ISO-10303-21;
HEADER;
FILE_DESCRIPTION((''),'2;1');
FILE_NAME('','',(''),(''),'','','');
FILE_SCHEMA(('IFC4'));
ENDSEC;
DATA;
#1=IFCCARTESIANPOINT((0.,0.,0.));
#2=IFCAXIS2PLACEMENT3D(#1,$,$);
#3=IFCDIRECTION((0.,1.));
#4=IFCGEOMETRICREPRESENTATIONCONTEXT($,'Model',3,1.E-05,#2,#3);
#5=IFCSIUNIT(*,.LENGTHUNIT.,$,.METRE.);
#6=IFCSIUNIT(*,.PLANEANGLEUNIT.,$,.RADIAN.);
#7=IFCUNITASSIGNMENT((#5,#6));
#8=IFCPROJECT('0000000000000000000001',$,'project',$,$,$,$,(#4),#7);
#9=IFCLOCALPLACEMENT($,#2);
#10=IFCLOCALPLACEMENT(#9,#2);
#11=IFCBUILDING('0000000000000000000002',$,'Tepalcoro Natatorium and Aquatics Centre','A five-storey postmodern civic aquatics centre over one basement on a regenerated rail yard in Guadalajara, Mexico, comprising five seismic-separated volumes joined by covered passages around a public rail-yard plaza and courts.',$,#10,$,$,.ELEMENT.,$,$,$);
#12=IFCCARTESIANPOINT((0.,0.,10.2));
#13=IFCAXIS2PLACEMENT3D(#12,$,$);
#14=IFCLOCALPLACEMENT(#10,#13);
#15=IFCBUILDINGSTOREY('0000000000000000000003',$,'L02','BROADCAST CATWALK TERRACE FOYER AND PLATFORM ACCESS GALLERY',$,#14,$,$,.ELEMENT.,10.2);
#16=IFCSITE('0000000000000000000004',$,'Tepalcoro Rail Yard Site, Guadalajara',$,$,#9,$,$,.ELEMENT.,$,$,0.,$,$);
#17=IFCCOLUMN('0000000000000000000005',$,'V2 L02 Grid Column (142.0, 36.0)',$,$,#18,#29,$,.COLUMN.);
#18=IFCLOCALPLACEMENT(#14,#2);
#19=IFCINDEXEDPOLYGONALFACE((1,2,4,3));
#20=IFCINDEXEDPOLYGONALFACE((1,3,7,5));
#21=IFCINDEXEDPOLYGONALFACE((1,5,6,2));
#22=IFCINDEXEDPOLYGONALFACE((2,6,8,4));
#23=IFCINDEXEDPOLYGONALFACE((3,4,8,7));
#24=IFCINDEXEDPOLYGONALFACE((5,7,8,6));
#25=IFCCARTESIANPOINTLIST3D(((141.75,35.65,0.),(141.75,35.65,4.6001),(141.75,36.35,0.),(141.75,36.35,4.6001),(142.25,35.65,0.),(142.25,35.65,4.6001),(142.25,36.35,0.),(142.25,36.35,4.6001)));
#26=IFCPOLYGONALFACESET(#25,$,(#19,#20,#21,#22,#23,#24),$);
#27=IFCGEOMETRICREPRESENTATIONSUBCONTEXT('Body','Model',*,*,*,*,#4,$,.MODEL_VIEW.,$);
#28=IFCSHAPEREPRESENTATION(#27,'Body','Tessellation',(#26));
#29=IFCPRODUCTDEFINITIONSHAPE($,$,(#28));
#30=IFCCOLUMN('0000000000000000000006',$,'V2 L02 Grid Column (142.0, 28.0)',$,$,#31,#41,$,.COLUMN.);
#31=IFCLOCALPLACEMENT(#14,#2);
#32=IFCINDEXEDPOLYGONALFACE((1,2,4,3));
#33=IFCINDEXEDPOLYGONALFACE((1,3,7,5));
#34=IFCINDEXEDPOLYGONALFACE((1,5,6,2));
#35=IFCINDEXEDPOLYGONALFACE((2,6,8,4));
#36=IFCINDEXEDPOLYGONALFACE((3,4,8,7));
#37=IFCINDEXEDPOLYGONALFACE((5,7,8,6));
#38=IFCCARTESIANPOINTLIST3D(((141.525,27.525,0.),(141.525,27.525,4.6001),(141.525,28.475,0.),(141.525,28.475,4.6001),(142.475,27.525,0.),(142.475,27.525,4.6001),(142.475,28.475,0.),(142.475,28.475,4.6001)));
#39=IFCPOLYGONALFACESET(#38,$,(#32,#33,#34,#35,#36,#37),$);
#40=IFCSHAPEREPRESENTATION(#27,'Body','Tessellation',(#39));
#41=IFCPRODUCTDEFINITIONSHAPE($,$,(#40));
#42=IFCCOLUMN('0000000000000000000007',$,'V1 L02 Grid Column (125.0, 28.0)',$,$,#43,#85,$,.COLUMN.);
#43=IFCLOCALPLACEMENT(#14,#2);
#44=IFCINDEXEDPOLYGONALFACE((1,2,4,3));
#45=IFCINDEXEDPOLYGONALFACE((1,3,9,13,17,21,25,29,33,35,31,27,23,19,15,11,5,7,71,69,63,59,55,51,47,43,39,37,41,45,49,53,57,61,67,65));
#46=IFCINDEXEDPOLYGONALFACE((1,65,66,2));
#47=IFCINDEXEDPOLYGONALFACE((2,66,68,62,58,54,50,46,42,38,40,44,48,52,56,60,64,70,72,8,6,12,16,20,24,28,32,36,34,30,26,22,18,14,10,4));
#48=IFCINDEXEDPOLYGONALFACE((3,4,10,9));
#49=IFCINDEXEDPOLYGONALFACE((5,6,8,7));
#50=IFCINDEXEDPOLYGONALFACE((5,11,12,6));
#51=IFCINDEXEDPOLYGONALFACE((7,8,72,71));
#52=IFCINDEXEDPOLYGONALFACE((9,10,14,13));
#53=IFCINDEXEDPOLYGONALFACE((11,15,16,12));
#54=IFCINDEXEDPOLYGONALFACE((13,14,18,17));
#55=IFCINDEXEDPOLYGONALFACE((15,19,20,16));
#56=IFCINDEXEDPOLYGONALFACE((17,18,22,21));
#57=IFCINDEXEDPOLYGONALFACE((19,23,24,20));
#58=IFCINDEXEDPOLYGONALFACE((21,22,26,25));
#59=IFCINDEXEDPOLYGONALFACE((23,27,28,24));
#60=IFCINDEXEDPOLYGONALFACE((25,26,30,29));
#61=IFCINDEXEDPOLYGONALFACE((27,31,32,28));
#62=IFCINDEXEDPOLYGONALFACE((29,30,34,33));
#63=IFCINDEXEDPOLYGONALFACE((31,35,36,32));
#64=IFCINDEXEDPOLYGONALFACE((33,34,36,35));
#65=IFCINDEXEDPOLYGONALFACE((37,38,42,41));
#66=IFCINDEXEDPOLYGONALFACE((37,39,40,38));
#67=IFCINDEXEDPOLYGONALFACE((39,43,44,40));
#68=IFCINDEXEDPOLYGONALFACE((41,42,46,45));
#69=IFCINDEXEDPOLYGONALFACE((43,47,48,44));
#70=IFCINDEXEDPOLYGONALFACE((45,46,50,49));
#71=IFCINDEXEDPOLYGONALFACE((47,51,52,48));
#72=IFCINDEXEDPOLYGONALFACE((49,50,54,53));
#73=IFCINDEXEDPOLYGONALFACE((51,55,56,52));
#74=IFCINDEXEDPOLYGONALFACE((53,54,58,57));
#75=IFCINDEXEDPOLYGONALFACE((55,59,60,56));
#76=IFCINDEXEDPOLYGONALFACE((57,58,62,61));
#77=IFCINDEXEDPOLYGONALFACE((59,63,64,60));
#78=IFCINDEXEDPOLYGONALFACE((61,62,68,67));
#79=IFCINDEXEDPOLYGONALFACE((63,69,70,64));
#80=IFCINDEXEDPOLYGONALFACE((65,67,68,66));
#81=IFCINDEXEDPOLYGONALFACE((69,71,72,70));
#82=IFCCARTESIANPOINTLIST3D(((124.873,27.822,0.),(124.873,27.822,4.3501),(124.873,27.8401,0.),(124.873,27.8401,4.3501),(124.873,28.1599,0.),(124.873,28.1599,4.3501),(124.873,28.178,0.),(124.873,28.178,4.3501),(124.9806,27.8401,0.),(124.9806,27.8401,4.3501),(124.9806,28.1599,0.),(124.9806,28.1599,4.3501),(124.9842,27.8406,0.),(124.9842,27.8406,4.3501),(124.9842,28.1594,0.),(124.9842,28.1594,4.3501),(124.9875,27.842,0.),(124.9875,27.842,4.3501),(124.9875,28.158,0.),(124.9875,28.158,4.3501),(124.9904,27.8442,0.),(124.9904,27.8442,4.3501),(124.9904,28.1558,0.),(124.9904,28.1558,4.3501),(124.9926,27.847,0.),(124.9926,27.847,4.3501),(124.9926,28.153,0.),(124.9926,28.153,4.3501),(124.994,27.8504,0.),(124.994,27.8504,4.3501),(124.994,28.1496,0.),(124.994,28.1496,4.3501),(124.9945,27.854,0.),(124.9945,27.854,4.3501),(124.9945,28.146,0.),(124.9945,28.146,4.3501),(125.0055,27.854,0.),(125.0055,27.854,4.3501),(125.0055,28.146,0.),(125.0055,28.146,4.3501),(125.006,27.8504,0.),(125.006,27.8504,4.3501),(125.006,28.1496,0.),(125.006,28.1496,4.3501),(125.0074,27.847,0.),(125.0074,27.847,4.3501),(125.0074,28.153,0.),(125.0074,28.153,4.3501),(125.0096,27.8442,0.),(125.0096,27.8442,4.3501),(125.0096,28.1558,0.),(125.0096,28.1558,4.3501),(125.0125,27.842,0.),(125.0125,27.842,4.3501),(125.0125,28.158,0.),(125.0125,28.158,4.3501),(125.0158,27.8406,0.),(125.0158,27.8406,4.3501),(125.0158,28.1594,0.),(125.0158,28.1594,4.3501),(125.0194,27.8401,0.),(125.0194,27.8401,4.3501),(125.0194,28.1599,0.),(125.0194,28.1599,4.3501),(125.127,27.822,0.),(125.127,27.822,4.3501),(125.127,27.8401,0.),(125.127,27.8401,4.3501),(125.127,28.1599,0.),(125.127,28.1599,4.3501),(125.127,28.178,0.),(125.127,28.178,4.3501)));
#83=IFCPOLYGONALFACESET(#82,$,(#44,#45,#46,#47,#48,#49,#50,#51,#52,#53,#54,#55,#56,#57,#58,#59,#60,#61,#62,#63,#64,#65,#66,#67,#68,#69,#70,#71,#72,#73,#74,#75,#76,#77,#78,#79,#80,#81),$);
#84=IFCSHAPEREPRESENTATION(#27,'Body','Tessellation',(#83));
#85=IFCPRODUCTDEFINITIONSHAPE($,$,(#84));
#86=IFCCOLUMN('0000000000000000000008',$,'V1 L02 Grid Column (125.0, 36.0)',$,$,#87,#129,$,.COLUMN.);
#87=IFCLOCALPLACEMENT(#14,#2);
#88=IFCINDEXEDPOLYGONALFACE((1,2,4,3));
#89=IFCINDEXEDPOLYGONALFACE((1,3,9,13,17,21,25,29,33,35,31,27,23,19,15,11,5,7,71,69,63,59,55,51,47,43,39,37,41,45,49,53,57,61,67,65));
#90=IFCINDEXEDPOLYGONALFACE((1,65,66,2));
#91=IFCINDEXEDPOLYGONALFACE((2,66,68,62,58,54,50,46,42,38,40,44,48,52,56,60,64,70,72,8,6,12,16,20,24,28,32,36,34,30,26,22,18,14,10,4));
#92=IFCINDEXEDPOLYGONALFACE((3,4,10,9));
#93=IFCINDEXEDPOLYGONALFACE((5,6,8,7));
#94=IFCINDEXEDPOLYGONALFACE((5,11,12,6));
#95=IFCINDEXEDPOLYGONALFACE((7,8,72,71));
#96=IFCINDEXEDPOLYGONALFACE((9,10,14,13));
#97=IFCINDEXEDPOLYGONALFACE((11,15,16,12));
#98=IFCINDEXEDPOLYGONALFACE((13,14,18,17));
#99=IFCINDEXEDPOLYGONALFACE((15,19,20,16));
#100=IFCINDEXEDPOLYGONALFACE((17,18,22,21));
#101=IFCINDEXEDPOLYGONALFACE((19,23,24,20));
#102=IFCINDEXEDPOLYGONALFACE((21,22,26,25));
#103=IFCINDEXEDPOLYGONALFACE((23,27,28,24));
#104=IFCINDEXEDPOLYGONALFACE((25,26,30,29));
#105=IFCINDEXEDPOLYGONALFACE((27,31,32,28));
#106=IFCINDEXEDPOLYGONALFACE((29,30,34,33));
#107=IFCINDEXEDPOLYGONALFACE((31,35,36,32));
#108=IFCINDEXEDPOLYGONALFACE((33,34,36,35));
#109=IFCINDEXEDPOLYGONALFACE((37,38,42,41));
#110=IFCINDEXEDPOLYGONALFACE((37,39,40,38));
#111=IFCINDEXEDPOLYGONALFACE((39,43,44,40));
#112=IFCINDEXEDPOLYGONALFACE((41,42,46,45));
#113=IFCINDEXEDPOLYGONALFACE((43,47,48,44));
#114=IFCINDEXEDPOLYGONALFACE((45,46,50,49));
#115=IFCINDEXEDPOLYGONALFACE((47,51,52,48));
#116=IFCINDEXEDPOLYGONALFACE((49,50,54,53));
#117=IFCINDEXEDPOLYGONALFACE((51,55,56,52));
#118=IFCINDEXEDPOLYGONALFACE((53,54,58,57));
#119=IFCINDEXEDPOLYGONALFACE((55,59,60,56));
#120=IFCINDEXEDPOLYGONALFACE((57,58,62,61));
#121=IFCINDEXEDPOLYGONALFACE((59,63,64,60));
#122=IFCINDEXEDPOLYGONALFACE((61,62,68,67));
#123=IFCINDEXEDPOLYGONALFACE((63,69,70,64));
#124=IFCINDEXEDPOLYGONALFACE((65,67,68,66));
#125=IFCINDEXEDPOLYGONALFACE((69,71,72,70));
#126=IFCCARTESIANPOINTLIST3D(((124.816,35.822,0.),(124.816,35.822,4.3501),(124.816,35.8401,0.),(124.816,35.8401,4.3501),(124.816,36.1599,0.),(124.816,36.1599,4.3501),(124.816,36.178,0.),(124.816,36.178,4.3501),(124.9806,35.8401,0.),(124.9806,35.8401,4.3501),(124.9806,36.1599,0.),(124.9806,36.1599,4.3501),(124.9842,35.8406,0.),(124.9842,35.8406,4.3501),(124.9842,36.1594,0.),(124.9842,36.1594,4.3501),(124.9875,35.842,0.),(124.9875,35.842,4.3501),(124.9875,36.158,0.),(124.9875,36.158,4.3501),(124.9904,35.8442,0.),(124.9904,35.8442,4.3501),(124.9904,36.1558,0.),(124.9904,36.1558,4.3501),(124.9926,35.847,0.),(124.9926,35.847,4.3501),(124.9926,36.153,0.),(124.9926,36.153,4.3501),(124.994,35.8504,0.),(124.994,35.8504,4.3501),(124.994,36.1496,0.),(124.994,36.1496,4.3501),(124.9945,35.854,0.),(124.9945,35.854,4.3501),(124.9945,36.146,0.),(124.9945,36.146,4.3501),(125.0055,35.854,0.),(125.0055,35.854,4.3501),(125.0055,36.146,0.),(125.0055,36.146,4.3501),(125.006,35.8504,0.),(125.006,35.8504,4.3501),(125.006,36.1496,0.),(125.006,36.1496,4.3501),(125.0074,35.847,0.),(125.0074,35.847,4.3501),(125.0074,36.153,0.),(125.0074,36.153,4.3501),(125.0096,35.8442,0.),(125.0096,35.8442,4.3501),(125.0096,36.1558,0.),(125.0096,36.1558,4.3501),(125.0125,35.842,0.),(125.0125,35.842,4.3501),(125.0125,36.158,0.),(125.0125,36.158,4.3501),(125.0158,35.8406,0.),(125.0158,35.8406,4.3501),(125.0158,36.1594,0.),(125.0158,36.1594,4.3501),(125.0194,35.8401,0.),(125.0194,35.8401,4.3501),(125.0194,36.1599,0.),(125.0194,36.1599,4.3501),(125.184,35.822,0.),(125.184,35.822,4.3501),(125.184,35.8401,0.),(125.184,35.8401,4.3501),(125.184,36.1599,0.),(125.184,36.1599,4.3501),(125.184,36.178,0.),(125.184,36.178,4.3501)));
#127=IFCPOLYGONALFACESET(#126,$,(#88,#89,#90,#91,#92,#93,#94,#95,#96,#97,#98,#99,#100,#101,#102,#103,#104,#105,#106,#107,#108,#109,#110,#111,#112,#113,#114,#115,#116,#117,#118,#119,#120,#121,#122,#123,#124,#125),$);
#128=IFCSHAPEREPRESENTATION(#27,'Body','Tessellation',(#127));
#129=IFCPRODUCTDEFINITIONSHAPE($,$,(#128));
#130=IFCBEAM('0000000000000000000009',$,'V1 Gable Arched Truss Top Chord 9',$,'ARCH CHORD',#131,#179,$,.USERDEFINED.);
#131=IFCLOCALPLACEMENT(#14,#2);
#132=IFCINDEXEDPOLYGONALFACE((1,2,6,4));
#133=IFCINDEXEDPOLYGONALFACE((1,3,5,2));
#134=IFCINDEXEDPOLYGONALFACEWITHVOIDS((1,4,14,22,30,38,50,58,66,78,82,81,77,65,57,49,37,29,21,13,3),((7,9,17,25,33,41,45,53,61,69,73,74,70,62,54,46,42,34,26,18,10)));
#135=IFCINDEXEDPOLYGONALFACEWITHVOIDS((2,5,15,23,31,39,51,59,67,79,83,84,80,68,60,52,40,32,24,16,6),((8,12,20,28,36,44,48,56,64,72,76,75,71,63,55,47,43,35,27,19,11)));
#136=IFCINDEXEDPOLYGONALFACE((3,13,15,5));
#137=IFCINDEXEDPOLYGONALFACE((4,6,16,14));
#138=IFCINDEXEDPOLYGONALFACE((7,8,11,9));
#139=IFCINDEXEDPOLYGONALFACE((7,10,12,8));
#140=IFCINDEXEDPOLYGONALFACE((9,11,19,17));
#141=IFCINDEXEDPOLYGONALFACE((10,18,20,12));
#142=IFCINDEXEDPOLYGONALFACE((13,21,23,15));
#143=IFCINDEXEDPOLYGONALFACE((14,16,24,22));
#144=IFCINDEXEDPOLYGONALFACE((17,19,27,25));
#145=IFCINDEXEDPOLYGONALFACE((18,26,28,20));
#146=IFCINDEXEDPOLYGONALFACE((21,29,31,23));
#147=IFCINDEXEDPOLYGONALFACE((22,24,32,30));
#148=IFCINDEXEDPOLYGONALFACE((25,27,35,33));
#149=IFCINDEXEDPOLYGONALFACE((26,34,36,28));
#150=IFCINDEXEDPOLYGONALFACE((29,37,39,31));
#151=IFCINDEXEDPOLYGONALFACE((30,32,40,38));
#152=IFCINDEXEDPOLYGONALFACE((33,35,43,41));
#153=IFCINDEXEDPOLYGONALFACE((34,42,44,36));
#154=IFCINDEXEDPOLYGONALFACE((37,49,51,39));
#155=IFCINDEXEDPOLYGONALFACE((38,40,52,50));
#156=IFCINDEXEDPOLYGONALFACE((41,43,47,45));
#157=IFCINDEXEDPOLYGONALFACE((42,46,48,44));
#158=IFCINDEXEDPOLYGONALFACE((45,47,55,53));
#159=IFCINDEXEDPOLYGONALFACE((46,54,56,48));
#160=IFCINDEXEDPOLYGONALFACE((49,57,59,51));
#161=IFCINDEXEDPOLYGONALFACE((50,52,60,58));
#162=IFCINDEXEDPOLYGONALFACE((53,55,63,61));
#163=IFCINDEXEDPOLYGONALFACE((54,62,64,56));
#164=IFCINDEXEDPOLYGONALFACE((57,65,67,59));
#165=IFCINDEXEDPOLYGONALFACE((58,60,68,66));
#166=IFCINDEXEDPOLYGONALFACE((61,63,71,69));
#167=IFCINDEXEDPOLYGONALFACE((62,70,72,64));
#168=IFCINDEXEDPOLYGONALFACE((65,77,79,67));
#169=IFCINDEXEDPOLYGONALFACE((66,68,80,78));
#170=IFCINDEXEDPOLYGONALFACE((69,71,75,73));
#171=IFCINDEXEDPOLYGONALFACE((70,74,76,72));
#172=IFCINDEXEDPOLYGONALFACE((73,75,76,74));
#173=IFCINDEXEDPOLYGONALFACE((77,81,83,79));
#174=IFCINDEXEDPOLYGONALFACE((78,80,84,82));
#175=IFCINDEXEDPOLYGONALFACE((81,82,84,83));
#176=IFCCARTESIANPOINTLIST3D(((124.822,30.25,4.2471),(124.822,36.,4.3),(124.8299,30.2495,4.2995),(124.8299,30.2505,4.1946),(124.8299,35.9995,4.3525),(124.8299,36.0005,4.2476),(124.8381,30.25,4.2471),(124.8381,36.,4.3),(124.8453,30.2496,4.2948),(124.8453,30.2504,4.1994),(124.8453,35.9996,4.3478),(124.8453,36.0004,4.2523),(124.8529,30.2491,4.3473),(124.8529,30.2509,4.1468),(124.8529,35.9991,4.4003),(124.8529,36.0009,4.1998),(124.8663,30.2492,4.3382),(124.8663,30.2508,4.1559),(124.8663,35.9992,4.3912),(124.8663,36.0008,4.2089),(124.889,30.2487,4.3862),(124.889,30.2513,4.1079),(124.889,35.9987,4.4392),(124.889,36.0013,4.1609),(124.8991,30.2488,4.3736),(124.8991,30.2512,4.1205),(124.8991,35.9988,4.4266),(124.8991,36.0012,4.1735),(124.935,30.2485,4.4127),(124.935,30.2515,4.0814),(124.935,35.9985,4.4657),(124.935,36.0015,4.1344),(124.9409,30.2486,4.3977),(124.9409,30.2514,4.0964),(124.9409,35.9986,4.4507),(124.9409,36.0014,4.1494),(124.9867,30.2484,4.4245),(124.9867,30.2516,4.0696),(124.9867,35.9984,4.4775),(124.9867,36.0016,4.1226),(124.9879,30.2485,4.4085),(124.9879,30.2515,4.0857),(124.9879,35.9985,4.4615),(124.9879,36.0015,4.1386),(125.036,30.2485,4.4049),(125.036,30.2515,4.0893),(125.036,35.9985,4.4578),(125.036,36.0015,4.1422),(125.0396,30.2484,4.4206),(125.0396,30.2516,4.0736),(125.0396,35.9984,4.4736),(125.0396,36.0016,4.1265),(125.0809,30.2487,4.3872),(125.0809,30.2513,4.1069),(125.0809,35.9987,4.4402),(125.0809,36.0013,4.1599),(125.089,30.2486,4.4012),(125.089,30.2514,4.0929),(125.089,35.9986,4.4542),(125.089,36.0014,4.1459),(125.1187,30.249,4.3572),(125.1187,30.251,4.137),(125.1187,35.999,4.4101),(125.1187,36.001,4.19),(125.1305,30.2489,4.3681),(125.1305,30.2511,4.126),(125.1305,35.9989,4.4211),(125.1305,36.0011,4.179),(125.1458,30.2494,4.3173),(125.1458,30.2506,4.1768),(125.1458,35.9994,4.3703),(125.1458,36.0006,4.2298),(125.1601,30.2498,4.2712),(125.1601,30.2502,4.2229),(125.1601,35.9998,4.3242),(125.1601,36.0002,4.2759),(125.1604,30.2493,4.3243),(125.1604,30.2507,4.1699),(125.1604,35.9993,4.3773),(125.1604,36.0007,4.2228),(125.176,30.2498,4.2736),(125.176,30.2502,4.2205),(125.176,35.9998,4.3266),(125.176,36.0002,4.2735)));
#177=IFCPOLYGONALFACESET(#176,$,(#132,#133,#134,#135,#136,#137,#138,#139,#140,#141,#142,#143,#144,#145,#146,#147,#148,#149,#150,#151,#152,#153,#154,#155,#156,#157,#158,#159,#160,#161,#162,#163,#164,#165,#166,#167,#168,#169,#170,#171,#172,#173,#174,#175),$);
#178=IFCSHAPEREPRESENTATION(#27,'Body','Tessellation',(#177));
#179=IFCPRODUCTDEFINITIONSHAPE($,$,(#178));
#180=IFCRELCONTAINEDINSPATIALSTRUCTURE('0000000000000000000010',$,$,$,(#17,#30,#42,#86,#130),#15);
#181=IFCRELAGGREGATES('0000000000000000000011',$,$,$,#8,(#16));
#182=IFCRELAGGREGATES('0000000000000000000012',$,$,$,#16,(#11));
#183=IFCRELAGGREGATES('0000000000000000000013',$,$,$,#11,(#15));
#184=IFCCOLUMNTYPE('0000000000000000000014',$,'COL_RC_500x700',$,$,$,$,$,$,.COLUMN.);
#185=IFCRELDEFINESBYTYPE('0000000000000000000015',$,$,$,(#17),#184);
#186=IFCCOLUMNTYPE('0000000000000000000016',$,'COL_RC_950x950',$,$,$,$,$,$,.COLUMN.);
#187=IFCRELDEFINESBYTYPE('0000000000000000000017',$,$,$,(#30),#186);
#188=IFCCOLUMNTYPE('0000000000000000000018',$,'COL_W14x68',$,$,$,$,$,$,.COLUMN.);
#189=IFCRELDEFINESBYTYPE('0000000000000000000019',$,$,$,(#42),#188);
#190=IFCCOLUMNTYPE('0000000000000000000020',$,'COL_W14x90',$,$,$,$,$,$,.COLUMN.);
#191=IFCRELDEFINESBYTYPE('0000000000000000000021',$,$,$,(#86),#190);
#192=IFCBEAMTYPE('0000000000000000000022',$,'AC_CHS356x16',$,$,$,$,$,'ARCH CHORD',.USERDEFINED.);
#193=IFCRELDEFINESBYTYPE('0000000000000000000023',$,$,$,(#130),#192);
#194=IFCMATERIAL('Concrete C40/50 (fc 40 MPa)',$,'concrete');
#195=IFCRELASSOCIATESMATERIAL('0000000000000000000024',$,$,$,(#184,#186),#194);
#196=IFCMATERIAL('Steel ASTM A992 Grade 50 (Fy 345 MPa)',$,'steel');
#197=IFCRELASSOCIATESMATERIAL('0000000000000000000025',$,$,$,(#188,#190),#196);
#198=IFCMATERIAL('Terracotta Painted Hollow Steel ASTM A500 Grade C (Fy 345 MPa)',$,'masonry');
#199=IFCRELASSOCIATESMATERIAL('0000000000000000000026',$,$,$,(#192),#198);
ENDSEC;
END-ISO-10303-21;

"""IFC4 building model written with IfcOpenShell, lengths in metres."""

from ifc_helpers import new_model, si_unit, direction, frame, origin, origin_2d, place, context, subcontext, project, spatial, rectangle, hollow_circle, i_section, extrude, material, material_profile, profile_set, type_object, element, save


model = new_model("IFC4")

# Units and contexts
model_context = context("Model", 3, precision=1e-05, world=origin(), true_north=direction((0.0, 1.0)))
body_context = subcontext(model_context, "Body", "Model", "MODEL_VIEW")
ifc_project = project(units=[si_unit("LENGTHUNIT", "METRE"), si_unit("PLANEANGLEUNIT", "RADIAN")], contexts=[model_context])

# Site, building, storey
site_placement = place(None, origin())
site = spatial("IfcSite", under=ifc_project, at=site_placement, Name="Tepalcoro Rail Yard Site, Guadalajara", CompositionType="ELEMENT", RefElevation=0.0)
building_placement = place(site_placement, origin())
building = spatial("IfcBuilding", under=site, at=building_placement, Name="Tepalcoro Natatorium and Aquatics Centre", Description="A five-storey postmodern civic aquatics centre over one basement on a regenerated rail yard in Guadalajara, Mexico, comprising five seismic-separated volumes joined by covered passages around a public rail-yard plaza and courts.", CompositionType="ELEMENT")
storey_placement = place(building_placement, frame((0.0, 0.0, 10.2)))
storey = spatial("IfcBuildingStorey", under=building, at=storey_placement, Name="L02", Description="BROADCAST CATWALK TERRACE FOYER AND PLATFORM ACCESS GALLERY", CompositionType="ELEMENT", Elevation=10.2)

# Columns
ifc_material_1 = material(Name="Concrete C40/50 (fc 40 MPa)", Category="concrete")
ifc_material_profile_1 = material_profile(ifc_material_1, rectangle(XDim=0.5, YDim=0.7, at=origin_2d()), Name="RC500x700")
ifc_profile_set_1 = profile_set([ifc_material_profile_1], Name="Concrete C40/50 (fc 40 MPa)")
column_type_1 = type_object("IfcColumnType", Name="COL_RC_500x700", PredefinedType="COLUMN", material=ifc_profile_set_1)
column_1_placement = place(storey_placement, frame((142.0, 36.0, 0.0), z_axis=(0.0, 0.0, 1.0), x_axis=(1.0, 0.0, 0.0)))
element("IfcColumn", 1, at=column_1_placement, inside=storey, type_object=column_type_1, Name="V2 L02 Grid Column (142.0, 36.0)", PredefinedType="COLUMN", context=body_context, shape_type="SweptSolid", body=[
    extrude(rectangle(XDim=0.5, YDim=0.7, at=origin_2d()), origin(), (0.0, 0.0, 1.0), 4.6001),
])
ifc_material_profile_2 = material_profile(ifc_material_1, rectangle(XDim=0.95, YDim=0.95, at=origin_2d()), Name="RC950x950")
ifc_profile_set_2 = profile_set([ifc_material_profile_2], Name="Concrete C40/50 (fc 40 MPa)")
column_type_2 = type_object("IfcColumnType", Name="COL_RC_950x950", PredefinedType="COLUMN", material=ifc_profile_set_2)
column_2_placement = place(storey_placement, frame((142.0, 28.0, 0.0), z_axis=(0.0, 0.0, 1.0), x_axis=(1.0, 0.0, 0.0)))
element("IfcColumn", 2, at=column_2_placement, inside=storey, type_object=column_type_2, Name="V2 L02 Grid Column (142.0, 28.0)", PredefinedType="COLUMN", context=body_context, shape_type="SweptSolid", body=[
    extrude(rectangle(XDim=0.95, YDim=0.95, at=origin_2d()), origin(), (0.0, 0.0, 1.0), 4.6001),
])
ifc_material_2 = material(Name="Steel ASTM A992 Grade 50 (Fy 345 MPa)", Category="steel")
ifc_material_profile_3 = material_profile(ifc_material_2, i_section(OverallWidth=0.2539, OverallDepth=0.356, WebThickness=0.011, FlangeThickness=0.0181, FilletRadius=0.0139, at=origin_2d()), Name="W14X68")
ifc_profile_set_3 = profile_set([ifc_material_profile_3], Name="Steel ASTM A992 Grade 50 (Fy 345 MPa)")
column_type_3 = type_object("IfcColumnType", Name="COL_W14x68", PredefinedType="COLUMN", material=ifc_profile_set_3)
column_3_placement = place(storey_placement, frame((125.0, 28.0, 0.0), z_axis=(0.0, 0.0, 1.0), x_axis=(1.0, 0.0, 0.0)))
element("IfcColumn", 3, at=column_3_placement, inside=storey, type_object=column_type_3, Name="V1 L02 Grid Column (125.0, 28.0)", PredefinedType="COLUMN", context=body_context, shape_type="SweptSolid", body=[
    extrude(i_section(OverallWidth=0.2539, OverallDepth=0.356, WebThickness=0.011, FlangeThickness=0.0181, FilletRadius=0.0139, at=origin_2d()), origin(), (0.0, 0.0, 1.0), 4.3501),
])
ifc_material_profile_4 = material_profile(ifc_material_2, i_section(OverallWidth=0.3679, OverallDepth=0.356, WebThickness=0.011, FlangeThickness=0.0181, FilletRadius=0.0139, at=origin_2d()), Name="W14X90")
ifc_profile_set_4 = profile_set([ifc_material_profile_4], Name="Steel ASTM A992 Grade 50 (Fy 345 MPa)")
column_type_4 = type_object("IfcColumnType", Name="COL_W14x90", PredefinedType="COLUMN", material=ifc_profile_set_4)
column_4_placement = place(storey_placement, frame((125.0, 36.0, 0.0), z_axis=(0.0, 0.0, 1.0), x_axis=(1.0, 0.0, 0.0)))
element("IfcColumn", 4, at=column_4_placement, inside=storey, type_object=column_type_4, Name="V1 L02 Grid Column (125.0, 36.0)", PredefinedType="COLUMN", context=body_context, shape_type="SweptSolid", body=[
    extrude(i_section(OverallWidth=0.3679, OverallDepth=0.356, WebThickness=0.011, FlangeThickness=0.0181, FilletRadius=0.0139, at=origin_2d()), origin(), (0.0, 0.0, 1.0), 4.3501),
])

# Beam
ifc_material_3 = material(Name="Terracotta Painted Hollow Steel ASTM A500 Grade C (Fy 345 MPa)", Category="masonry")
ifc_material_profile_5 = material_profile(ifc_material_3, hollow_circle(Radius=0.178, WallThickness=0.0161, at=origin_2d()), Name="CHS356X16")
ifc_profile_set_5 = profile_set([ifc_material_profile_5], Name="Terracotta Painted Hollow Steel ASTM A500 Grade C (Fy 345 MPa)")
beam_type_1 = type_object("IfcBeamType", Name="AC_CHS356x16", ElementType="ARCH CHORD", PredefinedType="USERDEFINED", material=ifc_profile_set_5)
for number, where, z_axis, x_axis, name in (
    (5, (125.0, 30.25, 4.2471), (0.0, 0.999958, 0.009213), (-1.0, 0.0, 0.0), "V1 Gable Arched Truss Top Chord 9"),
):
    element("IfcBeam", number, at=place(storey_placement, frame(where, z_axis=z_axis, x_axis=x_axis)), inside=storey, type_object=beam_type_1, Name=name, ObjectType="ARCH CHORD", PredefinedType="USERDEFINED", context=body_context, shape_type="SweptSolid", body=[
        extrude(hollow_circle(Radius=0.178, WallThickness=0.0161, at=origin_2d()), origin(), (0.0, 0.0, 1.0), 5.7502),
    ])

save(model, "model.ifc")
